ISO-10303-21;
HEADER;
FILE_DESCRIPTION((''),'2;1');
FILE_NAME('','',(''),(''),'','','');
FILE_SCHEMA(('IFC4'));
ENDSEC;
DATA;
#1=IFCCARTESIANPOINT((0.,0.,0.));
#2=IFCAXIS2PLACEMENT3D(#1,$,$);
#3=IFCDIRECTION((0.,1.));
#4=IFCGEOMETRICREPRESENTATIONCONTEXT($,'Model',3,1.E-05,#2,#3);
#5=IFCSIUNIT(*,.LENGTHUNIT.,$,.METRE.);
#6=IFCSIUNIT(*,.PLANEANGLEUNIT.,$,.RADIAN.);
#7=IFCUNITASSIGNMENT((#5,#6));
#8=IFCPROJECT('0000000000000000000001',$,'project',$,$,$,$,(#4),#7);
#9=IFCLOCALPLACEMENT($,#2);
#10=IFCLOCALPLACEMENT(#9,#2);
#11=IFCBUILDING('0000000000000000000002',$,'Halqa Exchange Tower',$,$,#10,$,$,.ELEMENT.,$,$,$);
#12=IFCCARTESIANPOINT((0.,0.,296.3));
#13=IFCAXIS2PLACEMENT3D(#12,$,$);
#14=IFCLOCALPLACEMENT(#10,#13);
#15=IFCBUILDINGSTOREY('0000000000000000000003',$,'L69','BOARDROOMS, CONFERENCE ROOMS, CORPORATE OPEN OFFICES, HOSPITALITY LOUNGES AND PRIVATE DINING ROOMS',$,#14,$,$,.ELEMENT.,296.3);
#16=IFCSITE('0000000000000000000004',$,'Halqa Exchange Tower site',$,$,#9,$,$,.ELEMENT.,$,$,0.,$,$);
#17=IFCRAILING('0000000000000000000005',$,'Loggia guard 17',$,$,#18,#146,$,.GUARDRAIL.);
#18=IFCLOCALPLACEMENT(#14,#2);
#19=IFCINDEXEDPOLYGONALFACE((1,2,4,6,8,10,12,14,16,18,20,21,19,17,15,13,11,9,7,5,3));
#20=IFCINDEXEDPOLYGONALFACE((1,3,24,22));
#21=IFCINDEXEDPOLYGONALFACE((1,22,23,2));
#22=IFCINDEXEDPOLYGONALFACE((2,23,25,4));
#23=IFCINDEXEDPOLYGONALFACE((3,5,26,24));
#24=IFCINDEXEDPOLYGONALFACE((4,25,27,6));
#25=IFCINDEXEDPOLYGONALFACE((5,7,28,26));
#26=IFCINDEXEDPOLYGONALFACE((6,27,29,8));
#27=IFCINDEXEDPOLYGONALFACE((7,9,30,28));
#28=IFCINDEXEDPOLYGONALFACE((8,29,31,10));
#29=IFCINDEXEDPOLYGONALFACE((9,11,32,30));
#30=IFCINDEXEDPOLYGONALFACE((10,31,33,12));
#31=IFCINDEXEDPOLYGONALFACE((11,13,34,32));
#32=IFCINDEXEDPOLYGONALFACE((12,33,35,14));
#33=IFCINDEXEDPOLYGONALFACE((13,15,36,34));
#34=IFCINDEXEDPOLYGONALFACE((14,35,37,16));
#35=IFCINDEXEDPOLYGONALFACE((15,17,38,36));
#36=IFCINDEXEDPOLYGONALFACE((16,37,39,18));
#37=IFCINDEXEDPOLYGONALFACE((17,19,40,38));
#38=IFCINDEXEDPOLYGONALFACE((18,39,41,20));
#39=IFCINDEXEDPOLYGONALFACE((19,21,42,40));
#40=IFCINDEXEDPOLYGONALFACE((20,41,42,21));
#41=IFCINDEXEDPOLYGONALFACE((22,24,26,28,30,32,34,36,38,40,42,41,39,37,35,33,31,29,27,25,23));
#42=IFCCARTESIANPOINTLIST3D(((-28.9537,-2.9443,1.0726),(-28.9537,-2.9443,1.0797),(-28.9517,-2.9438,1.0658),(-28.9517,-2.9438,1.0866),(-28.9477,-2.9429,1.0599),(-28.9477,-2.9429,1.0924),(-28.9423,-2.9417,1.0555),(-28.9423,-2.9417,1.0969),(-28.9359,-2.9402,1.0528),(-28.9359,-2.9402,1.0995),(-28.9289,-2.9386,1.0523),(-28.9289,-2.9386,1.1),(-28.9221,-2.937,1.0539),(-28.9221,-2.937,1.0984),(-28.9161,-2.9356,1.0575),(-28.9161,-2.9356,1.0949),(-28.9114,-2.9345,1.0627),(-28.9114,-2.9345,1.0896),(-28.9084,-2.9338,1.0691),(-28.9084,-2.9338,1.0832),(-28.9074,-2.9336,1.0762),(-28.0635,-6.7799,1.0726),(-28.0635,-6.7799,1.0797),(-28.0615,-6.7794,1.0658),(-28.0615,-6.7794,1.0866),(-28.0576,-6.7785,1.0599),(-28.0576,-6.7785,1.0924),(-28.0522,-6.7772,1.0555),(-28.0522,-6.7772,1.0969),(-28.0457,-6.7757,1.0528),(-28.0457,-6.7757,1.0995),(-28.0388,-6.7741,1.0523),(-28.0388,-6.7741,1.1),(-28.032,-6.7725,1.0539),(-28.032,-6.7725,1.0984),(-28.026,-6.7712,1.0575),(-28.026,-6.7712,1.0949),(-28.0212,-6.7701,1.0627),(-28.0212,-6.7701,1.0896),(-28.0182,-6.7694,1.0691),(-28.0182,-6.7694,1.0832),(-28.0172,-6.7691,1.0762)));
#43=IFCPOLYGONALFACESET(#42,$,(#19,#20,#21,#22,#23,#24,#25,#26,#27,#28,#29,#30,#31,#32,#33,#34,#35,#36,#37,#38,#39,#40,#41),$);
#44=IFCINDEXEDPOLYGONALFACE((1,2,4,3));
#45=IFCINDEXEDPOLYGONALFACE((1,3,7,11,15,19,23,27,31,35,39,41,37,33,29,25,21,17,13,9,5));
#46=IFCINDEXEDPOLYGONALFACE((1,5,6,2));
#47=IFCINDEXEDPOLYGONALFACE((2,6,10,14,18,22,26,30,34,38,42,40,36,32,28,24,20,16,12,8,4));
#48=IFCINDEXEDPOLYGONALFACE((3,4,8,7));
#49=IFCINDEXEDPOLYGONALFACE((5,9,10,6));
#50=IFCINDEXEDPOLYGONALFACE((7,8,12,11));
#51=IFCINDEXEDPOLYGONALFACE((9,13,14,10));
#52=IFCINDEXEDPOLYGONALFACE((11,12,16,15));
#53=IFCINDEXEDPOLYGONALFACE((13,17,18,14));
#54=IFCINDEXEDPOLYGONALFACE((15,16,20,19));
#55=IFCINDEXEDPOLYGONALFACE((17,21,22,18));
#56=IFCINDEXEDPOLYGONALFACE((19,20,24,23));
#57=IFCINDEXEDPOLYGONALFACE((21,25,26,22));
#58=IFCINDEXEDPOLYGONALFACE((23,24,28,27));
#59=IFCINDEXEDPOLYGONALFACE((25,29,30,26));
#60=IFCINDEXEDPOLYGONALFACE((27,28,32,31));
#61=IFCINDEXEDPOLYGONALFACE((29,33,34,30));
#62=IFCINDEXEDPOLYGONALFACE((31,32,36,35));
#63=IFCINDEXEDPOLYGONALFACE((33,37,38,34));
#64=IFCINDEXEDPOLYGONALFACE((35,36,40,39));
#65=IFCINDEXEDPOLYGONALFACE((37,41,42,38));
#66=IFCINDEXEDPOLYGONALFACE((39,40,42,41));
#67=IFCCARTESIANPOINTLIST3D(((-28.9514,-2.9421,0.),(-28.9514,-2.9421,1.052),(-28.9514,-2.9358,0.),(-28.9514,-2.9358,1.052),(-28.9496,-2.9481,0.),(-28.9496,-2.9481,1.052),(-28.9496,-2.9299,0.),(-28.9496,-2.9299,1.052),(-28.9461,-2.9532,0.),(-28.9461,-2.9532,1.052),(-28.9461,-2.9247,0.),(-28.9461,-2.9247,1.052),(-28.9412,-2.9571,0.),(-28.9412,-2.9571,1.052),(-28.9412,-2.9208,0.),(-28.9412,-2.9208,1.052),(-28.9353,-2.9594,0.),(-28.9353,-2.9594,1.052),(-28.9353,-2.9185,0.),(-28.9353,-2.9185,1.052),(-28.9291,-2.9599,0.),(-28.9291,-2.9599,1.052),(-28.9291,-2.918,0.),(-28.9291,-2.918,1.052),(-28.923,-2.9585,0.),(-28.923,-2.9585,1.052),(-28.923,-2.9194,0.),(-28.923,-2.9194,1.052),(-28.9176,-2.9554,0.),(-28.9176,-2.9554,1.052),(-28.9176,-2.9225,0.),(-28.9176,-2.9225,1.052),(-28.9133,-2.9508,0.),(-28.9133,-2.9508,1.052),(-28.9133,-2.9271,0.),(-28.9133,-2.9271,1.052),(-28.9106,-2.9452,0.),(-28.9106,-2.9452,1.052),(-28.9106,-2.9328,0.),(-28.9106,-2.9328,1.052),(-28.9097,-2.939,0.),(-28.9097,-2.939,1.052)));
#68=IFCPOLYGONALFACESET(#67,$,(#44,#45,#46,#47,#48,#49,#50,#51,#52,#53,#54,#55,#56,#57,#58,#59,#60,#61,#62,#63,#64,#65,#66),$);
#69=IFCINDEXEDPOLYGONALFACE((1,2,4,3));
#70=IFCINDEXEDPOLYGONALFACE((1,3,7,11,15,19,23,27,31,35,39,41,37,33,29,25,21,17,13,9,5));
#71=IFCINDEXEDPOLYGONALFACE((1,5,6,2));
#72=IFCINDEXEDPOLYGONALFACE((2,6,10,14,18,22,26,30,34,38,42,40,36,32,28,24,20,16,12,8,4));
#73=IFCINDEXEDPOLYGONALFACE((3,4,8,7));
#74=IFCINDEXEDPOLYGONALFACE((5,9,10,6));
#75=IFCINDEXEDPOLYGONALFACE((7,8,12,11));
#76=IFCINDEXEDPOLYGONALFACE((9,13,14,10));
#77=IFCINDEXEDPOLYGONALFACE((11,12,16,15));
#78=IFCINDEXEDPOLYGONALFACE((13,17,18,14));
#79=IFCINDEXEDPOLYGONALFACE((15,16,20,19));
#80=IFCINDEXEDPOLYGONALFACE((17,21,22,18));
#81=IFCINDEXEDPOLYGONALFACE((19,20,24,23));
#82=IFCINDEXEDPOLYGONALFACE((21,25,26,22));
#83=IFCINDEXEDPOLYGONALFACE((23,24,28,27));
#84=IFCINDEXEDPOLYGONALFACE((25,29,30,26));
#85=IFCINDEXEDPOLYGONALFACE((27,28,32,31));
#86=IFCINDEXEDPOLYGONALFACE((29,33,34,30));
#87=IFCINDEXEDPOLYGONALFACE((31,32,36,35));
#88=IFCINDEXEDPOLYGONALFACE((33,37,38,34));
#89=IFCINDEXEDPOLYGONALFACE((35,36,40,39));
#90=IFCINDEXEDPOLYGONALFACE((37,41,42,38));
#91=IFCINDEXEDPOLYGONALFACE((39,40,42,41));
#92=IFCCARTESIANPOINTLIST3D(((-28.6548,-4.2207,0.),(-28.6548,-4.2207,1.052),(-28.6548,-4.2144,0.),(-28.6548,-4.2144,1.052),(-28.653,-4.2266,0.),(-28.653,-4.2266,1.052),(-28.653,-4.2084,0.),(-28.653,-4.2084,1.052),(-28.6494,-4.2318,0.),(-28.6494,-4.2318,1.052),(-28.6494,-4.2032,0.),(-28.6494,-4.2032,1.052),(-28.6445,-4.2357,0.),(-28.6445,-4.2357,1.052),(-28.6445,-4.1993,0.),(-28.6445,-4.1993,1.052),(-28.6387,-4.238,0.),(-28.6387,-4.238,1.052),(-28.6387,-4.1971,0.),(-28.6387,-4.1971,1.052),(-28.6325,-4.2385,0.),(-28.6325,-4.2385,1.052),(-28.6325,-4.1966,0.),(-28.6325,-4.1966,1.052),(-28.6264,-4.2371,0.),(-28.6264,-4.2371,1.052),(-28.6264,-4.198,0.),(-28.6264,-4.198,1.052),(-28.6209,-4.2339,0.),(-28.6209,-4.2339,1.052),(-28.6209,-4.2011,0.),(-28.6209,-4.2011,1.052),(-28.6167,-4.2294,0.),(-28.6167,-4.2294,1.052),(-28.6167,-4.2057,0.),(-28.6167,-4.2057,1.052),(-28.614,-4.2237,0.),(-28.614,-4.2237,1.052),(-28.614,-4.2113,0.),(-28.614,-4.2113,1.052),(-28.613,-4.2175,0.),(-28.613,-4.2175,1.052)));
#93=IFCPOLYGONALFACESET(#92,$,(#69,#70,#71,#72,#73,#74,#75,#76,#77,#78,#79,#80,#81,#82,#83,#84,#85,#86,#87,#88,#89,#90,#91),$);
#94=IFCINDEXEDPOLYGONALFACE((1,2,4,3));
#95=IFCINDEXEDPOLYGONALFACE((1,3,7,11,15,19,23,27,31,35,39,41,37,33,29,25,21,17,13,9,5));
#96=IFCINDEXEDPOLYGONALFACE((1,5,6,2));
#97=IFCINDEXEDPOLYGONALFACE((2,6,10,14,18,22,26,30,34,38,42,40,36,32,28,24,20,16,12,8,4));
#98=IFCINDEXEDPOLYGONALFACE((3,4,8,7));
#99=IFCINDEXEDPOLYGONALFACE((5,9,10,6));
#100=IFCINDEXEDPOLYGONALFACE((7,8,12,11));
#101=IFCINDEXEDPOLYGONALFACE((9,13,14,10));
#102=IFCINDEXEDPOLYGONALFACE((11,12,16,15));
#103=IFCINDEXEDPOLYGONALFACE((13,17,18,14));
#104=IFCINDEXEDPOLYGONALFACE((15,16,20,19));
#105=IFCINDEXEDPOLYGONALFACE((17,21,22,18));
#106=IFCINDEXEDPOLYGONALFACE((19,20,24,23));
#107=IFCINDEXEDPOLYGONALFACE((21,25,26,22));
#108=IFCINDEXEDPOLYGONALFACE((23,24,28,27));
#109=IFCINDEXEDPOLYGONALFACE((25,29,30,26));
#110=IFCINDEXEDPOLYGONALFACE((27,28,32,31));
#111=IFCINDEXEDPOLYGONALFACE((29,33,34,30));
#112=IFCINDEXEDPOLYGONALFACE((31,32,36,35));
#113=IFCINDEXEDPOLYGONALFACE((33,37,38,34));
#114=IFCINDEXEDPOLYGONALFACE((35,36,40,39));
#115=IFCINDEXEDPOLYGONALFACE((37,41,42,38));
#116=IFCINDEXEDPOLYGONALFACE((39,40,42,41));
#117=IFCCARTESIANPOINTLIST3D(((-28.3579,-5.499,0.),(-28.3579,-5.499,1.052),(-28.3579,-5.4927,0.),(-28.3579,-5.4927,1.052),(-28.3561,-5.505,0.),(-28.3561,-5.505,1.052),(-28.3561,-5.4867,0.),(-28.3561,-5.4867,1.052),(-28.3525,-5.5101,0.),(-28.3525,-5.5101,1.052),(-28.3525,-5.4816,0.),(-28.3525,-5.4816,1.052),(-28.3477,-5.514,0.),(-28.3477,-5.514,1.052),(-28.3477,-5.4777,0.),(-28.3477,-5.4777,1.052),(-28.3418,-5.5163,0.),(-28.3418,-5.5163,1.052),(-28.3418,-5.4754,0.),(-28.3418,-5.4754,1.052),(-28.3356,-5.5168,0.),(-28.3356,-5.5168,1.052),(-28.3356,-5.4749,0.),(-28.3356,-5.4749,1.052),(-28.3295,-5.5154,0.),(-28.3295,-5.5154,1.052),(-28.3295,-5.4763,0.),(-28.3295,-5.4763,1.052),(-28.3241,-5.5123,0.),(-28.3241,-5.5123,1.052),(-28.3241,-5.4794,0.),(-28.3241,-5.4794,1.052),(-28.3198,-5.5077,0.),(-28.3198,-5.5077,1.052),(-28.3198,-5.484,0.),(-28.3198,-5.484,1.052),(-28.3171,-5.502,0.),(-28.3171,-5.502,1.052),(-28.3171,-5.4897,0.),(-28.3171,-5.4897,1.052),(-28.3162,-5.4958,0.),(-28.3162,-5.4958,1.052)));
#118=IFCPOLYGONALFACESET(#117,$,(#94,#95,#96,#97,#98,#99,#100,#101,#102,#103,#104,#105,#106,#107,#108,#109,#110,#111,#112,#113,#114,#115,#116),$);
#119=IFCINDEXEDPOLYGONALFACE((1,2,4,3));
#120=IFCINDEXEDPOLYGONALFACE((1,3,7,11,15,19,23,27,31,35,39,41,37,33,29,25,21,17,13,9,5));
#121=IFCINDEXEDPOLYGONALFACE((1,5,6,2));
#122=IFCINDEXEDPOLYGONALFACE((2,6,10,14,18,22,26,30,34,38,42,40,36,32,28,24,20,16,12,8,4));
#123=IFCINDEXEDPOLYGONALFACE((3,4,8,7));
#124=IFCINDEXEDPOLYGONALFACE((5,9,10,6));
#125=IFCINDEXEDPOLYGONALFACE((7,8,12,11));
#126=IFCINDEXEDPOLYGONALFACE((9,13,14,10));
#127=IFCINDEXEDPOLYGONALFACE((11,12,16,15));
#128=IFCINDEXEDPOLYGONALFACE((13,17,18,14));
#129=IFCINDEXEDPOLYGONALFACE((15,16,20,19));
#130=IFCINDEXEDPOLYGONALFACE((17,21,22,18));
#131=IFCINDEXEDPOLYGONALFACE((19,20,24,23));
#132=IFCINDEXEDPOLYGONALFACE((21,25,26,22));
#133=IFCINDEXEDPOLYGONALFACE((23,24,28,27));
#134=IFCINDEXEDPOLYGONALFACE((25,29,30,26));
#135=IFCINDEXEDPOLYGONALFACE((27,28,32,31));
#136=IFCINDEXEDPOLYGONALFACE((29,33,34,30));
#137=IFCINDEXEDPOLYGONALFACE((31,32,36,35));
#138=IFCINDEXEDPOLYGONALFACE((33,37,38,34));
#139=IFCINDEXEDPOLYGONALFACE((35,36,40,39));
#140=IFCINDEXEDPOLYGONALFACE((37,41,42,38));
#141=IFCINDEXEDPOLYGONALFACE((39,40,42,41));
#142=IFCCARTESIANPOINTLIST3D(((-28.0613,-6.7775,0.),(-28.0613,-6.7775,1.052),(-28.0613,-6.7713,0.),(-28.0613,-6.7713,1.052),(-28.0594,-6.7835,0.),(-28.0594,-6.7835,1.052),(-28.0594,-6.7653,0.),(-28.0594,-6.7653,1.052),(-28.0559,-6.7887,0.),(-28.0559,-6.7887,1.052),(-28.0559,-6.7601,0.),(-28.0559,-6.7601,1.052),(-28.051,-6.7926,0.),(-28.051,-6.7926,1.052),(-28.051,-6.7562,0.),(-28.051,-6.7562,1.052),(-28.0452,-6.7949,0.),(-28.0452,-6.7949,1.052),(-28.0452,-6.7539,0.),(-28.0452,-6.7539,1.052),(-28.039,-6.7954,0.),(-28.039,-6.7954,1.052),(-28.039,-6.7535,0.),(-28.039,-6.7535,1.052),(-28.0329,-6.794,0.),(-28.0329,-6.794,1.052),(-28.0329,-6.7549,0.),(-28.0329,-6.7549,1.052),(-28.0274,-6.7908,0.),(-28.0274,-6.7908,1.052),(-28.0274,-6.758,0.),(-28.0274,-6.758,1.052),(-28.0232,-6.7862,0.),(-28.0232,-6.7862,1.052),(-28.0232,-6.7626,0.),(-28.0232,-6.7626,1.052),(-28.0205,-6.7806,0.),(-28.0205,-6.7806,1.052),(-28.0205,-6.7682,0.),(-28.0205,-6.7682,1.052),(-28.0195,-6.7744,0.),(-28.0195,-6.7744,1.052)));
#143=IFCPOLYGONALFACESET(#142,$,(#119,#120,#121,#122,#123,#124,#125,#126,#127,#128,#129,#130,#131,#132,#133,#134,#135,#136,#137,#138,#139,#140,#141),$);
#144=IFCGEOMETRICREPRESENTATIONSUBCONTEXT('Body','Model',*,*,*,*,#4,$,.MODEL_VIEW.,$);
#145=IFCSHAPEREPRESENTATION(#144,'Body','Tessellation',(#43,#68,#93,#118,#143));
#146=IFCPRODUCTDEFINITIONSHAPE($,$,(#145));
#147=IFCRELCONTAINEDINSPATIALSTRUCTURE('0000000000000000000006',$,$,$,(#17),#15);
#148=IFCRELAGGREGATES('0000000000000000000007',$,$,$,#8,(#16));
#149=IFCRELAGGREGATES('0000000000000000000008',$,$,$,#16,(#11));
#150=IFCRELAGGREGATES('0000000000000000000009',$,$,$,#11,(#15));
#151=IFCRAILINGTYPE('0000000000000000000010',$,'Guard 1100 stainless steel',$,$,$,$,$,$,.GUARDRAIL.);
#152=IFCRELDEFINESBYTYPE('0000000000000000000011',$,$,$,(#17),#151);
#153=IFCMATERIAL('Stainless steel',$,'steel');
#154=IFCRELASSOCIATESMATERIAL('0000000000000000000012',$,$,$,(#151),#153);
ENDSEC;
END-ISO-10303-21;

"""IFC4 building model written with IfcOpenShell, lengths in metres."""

from ifc_helpers import new_model, si_unit, direction, frame, origin, origin_2d, place, context, subcontext, project, spatial, circle, extrude, material, type_object, element, save


model = new_model("IFC4")

# Units and contexts
model_context = context("Model", 3, precision=1e-05, world=origin(), true_north=direction((0.0, 1.0)))
body_context = subcontext(model_context, "Body", "Model", "MODEL_VIEW")
ifc_project = project(units=[si_unit("LENGTHUNIT", "METRE"), si_unit("PLANEANGLEUNIT", "RADIAN")], contexts=[model_context])

# Site, building, storey
site_placement = place(None, origin())
site = spatial("IfcSite", under=ifc_project, at=site_placement, Name="Halqa Exchange Tower site", CompositionType="ELEMENT", RefElevation=0.0)
building_placement = place(site_placement, origin())
building = spatial("IfcBuilding", under=site, at=building_placement, Name="Halqa Exchange Tower", CompositionType="ELEMENT")
storey_placement = place(building_placement, frame((0.0, 0.0, 296.3)))
storey = spatial("IfcBuildingStorey", under=building, at=storey_placement, Name="L69", Description="BOARDROOMS, CONFERENCE ROOMS, CORPORATE OPEN OFFICES, HOSPITALITY LOUNGES AND PRIVATE DINING ROOMS", CompositionType="ELEMENT", Elevation=296.3)

# Railing
ifc_material_1 = material(Name="Stainless steel", Category="steel")
railing_type = type_object("IfcRailingType", Name="Guard 1100 stainless steel", PredefinedType="GUARDRAIL", material=ifc_material_1)
railing_1_placement = place(storey_placement, frame((-28.9307, -2.939, 0.0)))
element("IfcRailing", 1, at=railing_1_placement, inside=storey, type_object=railing_type, Name="Loggia guard 17", PredefinedType="GUARDRAIL", context=body_context, shape_type="SweptSolid", body=[
    extrude(circle(Radius=0.0239, at=origin_2d()), frame((0.0, 0.0, 1.0762), z_axis=(0.226073, -0.97411, 0.0), x_axis=(0.97411, 0.226073, 0.0)), (0.0, 0.0, 1.0), 3.9375),
    extrude(circle(Radius=0.021, at=origin_2d()), origin(), (0.0, 0.0, 1.0), 1.052),
    extrude(circle(Radius=0.021, at=origin_2d()), frame((0.2966, -1.2786, 0.0)), (0.0, 0.0, 1.0), 1.052),
    extrude(circle(Radius=0.021, at=origin_2d()), frame((0.5935, -2.5569, 0.0)), (0.0, 0.0, 1.0), 1.052),
    extrude(circle(Radius=0.021, at=origin_2d()), frame((0.8901, -3.8354, 0.0)), (0.0, 0.0, 1.0), 1.052),
])

save(model, "model.ifc")
